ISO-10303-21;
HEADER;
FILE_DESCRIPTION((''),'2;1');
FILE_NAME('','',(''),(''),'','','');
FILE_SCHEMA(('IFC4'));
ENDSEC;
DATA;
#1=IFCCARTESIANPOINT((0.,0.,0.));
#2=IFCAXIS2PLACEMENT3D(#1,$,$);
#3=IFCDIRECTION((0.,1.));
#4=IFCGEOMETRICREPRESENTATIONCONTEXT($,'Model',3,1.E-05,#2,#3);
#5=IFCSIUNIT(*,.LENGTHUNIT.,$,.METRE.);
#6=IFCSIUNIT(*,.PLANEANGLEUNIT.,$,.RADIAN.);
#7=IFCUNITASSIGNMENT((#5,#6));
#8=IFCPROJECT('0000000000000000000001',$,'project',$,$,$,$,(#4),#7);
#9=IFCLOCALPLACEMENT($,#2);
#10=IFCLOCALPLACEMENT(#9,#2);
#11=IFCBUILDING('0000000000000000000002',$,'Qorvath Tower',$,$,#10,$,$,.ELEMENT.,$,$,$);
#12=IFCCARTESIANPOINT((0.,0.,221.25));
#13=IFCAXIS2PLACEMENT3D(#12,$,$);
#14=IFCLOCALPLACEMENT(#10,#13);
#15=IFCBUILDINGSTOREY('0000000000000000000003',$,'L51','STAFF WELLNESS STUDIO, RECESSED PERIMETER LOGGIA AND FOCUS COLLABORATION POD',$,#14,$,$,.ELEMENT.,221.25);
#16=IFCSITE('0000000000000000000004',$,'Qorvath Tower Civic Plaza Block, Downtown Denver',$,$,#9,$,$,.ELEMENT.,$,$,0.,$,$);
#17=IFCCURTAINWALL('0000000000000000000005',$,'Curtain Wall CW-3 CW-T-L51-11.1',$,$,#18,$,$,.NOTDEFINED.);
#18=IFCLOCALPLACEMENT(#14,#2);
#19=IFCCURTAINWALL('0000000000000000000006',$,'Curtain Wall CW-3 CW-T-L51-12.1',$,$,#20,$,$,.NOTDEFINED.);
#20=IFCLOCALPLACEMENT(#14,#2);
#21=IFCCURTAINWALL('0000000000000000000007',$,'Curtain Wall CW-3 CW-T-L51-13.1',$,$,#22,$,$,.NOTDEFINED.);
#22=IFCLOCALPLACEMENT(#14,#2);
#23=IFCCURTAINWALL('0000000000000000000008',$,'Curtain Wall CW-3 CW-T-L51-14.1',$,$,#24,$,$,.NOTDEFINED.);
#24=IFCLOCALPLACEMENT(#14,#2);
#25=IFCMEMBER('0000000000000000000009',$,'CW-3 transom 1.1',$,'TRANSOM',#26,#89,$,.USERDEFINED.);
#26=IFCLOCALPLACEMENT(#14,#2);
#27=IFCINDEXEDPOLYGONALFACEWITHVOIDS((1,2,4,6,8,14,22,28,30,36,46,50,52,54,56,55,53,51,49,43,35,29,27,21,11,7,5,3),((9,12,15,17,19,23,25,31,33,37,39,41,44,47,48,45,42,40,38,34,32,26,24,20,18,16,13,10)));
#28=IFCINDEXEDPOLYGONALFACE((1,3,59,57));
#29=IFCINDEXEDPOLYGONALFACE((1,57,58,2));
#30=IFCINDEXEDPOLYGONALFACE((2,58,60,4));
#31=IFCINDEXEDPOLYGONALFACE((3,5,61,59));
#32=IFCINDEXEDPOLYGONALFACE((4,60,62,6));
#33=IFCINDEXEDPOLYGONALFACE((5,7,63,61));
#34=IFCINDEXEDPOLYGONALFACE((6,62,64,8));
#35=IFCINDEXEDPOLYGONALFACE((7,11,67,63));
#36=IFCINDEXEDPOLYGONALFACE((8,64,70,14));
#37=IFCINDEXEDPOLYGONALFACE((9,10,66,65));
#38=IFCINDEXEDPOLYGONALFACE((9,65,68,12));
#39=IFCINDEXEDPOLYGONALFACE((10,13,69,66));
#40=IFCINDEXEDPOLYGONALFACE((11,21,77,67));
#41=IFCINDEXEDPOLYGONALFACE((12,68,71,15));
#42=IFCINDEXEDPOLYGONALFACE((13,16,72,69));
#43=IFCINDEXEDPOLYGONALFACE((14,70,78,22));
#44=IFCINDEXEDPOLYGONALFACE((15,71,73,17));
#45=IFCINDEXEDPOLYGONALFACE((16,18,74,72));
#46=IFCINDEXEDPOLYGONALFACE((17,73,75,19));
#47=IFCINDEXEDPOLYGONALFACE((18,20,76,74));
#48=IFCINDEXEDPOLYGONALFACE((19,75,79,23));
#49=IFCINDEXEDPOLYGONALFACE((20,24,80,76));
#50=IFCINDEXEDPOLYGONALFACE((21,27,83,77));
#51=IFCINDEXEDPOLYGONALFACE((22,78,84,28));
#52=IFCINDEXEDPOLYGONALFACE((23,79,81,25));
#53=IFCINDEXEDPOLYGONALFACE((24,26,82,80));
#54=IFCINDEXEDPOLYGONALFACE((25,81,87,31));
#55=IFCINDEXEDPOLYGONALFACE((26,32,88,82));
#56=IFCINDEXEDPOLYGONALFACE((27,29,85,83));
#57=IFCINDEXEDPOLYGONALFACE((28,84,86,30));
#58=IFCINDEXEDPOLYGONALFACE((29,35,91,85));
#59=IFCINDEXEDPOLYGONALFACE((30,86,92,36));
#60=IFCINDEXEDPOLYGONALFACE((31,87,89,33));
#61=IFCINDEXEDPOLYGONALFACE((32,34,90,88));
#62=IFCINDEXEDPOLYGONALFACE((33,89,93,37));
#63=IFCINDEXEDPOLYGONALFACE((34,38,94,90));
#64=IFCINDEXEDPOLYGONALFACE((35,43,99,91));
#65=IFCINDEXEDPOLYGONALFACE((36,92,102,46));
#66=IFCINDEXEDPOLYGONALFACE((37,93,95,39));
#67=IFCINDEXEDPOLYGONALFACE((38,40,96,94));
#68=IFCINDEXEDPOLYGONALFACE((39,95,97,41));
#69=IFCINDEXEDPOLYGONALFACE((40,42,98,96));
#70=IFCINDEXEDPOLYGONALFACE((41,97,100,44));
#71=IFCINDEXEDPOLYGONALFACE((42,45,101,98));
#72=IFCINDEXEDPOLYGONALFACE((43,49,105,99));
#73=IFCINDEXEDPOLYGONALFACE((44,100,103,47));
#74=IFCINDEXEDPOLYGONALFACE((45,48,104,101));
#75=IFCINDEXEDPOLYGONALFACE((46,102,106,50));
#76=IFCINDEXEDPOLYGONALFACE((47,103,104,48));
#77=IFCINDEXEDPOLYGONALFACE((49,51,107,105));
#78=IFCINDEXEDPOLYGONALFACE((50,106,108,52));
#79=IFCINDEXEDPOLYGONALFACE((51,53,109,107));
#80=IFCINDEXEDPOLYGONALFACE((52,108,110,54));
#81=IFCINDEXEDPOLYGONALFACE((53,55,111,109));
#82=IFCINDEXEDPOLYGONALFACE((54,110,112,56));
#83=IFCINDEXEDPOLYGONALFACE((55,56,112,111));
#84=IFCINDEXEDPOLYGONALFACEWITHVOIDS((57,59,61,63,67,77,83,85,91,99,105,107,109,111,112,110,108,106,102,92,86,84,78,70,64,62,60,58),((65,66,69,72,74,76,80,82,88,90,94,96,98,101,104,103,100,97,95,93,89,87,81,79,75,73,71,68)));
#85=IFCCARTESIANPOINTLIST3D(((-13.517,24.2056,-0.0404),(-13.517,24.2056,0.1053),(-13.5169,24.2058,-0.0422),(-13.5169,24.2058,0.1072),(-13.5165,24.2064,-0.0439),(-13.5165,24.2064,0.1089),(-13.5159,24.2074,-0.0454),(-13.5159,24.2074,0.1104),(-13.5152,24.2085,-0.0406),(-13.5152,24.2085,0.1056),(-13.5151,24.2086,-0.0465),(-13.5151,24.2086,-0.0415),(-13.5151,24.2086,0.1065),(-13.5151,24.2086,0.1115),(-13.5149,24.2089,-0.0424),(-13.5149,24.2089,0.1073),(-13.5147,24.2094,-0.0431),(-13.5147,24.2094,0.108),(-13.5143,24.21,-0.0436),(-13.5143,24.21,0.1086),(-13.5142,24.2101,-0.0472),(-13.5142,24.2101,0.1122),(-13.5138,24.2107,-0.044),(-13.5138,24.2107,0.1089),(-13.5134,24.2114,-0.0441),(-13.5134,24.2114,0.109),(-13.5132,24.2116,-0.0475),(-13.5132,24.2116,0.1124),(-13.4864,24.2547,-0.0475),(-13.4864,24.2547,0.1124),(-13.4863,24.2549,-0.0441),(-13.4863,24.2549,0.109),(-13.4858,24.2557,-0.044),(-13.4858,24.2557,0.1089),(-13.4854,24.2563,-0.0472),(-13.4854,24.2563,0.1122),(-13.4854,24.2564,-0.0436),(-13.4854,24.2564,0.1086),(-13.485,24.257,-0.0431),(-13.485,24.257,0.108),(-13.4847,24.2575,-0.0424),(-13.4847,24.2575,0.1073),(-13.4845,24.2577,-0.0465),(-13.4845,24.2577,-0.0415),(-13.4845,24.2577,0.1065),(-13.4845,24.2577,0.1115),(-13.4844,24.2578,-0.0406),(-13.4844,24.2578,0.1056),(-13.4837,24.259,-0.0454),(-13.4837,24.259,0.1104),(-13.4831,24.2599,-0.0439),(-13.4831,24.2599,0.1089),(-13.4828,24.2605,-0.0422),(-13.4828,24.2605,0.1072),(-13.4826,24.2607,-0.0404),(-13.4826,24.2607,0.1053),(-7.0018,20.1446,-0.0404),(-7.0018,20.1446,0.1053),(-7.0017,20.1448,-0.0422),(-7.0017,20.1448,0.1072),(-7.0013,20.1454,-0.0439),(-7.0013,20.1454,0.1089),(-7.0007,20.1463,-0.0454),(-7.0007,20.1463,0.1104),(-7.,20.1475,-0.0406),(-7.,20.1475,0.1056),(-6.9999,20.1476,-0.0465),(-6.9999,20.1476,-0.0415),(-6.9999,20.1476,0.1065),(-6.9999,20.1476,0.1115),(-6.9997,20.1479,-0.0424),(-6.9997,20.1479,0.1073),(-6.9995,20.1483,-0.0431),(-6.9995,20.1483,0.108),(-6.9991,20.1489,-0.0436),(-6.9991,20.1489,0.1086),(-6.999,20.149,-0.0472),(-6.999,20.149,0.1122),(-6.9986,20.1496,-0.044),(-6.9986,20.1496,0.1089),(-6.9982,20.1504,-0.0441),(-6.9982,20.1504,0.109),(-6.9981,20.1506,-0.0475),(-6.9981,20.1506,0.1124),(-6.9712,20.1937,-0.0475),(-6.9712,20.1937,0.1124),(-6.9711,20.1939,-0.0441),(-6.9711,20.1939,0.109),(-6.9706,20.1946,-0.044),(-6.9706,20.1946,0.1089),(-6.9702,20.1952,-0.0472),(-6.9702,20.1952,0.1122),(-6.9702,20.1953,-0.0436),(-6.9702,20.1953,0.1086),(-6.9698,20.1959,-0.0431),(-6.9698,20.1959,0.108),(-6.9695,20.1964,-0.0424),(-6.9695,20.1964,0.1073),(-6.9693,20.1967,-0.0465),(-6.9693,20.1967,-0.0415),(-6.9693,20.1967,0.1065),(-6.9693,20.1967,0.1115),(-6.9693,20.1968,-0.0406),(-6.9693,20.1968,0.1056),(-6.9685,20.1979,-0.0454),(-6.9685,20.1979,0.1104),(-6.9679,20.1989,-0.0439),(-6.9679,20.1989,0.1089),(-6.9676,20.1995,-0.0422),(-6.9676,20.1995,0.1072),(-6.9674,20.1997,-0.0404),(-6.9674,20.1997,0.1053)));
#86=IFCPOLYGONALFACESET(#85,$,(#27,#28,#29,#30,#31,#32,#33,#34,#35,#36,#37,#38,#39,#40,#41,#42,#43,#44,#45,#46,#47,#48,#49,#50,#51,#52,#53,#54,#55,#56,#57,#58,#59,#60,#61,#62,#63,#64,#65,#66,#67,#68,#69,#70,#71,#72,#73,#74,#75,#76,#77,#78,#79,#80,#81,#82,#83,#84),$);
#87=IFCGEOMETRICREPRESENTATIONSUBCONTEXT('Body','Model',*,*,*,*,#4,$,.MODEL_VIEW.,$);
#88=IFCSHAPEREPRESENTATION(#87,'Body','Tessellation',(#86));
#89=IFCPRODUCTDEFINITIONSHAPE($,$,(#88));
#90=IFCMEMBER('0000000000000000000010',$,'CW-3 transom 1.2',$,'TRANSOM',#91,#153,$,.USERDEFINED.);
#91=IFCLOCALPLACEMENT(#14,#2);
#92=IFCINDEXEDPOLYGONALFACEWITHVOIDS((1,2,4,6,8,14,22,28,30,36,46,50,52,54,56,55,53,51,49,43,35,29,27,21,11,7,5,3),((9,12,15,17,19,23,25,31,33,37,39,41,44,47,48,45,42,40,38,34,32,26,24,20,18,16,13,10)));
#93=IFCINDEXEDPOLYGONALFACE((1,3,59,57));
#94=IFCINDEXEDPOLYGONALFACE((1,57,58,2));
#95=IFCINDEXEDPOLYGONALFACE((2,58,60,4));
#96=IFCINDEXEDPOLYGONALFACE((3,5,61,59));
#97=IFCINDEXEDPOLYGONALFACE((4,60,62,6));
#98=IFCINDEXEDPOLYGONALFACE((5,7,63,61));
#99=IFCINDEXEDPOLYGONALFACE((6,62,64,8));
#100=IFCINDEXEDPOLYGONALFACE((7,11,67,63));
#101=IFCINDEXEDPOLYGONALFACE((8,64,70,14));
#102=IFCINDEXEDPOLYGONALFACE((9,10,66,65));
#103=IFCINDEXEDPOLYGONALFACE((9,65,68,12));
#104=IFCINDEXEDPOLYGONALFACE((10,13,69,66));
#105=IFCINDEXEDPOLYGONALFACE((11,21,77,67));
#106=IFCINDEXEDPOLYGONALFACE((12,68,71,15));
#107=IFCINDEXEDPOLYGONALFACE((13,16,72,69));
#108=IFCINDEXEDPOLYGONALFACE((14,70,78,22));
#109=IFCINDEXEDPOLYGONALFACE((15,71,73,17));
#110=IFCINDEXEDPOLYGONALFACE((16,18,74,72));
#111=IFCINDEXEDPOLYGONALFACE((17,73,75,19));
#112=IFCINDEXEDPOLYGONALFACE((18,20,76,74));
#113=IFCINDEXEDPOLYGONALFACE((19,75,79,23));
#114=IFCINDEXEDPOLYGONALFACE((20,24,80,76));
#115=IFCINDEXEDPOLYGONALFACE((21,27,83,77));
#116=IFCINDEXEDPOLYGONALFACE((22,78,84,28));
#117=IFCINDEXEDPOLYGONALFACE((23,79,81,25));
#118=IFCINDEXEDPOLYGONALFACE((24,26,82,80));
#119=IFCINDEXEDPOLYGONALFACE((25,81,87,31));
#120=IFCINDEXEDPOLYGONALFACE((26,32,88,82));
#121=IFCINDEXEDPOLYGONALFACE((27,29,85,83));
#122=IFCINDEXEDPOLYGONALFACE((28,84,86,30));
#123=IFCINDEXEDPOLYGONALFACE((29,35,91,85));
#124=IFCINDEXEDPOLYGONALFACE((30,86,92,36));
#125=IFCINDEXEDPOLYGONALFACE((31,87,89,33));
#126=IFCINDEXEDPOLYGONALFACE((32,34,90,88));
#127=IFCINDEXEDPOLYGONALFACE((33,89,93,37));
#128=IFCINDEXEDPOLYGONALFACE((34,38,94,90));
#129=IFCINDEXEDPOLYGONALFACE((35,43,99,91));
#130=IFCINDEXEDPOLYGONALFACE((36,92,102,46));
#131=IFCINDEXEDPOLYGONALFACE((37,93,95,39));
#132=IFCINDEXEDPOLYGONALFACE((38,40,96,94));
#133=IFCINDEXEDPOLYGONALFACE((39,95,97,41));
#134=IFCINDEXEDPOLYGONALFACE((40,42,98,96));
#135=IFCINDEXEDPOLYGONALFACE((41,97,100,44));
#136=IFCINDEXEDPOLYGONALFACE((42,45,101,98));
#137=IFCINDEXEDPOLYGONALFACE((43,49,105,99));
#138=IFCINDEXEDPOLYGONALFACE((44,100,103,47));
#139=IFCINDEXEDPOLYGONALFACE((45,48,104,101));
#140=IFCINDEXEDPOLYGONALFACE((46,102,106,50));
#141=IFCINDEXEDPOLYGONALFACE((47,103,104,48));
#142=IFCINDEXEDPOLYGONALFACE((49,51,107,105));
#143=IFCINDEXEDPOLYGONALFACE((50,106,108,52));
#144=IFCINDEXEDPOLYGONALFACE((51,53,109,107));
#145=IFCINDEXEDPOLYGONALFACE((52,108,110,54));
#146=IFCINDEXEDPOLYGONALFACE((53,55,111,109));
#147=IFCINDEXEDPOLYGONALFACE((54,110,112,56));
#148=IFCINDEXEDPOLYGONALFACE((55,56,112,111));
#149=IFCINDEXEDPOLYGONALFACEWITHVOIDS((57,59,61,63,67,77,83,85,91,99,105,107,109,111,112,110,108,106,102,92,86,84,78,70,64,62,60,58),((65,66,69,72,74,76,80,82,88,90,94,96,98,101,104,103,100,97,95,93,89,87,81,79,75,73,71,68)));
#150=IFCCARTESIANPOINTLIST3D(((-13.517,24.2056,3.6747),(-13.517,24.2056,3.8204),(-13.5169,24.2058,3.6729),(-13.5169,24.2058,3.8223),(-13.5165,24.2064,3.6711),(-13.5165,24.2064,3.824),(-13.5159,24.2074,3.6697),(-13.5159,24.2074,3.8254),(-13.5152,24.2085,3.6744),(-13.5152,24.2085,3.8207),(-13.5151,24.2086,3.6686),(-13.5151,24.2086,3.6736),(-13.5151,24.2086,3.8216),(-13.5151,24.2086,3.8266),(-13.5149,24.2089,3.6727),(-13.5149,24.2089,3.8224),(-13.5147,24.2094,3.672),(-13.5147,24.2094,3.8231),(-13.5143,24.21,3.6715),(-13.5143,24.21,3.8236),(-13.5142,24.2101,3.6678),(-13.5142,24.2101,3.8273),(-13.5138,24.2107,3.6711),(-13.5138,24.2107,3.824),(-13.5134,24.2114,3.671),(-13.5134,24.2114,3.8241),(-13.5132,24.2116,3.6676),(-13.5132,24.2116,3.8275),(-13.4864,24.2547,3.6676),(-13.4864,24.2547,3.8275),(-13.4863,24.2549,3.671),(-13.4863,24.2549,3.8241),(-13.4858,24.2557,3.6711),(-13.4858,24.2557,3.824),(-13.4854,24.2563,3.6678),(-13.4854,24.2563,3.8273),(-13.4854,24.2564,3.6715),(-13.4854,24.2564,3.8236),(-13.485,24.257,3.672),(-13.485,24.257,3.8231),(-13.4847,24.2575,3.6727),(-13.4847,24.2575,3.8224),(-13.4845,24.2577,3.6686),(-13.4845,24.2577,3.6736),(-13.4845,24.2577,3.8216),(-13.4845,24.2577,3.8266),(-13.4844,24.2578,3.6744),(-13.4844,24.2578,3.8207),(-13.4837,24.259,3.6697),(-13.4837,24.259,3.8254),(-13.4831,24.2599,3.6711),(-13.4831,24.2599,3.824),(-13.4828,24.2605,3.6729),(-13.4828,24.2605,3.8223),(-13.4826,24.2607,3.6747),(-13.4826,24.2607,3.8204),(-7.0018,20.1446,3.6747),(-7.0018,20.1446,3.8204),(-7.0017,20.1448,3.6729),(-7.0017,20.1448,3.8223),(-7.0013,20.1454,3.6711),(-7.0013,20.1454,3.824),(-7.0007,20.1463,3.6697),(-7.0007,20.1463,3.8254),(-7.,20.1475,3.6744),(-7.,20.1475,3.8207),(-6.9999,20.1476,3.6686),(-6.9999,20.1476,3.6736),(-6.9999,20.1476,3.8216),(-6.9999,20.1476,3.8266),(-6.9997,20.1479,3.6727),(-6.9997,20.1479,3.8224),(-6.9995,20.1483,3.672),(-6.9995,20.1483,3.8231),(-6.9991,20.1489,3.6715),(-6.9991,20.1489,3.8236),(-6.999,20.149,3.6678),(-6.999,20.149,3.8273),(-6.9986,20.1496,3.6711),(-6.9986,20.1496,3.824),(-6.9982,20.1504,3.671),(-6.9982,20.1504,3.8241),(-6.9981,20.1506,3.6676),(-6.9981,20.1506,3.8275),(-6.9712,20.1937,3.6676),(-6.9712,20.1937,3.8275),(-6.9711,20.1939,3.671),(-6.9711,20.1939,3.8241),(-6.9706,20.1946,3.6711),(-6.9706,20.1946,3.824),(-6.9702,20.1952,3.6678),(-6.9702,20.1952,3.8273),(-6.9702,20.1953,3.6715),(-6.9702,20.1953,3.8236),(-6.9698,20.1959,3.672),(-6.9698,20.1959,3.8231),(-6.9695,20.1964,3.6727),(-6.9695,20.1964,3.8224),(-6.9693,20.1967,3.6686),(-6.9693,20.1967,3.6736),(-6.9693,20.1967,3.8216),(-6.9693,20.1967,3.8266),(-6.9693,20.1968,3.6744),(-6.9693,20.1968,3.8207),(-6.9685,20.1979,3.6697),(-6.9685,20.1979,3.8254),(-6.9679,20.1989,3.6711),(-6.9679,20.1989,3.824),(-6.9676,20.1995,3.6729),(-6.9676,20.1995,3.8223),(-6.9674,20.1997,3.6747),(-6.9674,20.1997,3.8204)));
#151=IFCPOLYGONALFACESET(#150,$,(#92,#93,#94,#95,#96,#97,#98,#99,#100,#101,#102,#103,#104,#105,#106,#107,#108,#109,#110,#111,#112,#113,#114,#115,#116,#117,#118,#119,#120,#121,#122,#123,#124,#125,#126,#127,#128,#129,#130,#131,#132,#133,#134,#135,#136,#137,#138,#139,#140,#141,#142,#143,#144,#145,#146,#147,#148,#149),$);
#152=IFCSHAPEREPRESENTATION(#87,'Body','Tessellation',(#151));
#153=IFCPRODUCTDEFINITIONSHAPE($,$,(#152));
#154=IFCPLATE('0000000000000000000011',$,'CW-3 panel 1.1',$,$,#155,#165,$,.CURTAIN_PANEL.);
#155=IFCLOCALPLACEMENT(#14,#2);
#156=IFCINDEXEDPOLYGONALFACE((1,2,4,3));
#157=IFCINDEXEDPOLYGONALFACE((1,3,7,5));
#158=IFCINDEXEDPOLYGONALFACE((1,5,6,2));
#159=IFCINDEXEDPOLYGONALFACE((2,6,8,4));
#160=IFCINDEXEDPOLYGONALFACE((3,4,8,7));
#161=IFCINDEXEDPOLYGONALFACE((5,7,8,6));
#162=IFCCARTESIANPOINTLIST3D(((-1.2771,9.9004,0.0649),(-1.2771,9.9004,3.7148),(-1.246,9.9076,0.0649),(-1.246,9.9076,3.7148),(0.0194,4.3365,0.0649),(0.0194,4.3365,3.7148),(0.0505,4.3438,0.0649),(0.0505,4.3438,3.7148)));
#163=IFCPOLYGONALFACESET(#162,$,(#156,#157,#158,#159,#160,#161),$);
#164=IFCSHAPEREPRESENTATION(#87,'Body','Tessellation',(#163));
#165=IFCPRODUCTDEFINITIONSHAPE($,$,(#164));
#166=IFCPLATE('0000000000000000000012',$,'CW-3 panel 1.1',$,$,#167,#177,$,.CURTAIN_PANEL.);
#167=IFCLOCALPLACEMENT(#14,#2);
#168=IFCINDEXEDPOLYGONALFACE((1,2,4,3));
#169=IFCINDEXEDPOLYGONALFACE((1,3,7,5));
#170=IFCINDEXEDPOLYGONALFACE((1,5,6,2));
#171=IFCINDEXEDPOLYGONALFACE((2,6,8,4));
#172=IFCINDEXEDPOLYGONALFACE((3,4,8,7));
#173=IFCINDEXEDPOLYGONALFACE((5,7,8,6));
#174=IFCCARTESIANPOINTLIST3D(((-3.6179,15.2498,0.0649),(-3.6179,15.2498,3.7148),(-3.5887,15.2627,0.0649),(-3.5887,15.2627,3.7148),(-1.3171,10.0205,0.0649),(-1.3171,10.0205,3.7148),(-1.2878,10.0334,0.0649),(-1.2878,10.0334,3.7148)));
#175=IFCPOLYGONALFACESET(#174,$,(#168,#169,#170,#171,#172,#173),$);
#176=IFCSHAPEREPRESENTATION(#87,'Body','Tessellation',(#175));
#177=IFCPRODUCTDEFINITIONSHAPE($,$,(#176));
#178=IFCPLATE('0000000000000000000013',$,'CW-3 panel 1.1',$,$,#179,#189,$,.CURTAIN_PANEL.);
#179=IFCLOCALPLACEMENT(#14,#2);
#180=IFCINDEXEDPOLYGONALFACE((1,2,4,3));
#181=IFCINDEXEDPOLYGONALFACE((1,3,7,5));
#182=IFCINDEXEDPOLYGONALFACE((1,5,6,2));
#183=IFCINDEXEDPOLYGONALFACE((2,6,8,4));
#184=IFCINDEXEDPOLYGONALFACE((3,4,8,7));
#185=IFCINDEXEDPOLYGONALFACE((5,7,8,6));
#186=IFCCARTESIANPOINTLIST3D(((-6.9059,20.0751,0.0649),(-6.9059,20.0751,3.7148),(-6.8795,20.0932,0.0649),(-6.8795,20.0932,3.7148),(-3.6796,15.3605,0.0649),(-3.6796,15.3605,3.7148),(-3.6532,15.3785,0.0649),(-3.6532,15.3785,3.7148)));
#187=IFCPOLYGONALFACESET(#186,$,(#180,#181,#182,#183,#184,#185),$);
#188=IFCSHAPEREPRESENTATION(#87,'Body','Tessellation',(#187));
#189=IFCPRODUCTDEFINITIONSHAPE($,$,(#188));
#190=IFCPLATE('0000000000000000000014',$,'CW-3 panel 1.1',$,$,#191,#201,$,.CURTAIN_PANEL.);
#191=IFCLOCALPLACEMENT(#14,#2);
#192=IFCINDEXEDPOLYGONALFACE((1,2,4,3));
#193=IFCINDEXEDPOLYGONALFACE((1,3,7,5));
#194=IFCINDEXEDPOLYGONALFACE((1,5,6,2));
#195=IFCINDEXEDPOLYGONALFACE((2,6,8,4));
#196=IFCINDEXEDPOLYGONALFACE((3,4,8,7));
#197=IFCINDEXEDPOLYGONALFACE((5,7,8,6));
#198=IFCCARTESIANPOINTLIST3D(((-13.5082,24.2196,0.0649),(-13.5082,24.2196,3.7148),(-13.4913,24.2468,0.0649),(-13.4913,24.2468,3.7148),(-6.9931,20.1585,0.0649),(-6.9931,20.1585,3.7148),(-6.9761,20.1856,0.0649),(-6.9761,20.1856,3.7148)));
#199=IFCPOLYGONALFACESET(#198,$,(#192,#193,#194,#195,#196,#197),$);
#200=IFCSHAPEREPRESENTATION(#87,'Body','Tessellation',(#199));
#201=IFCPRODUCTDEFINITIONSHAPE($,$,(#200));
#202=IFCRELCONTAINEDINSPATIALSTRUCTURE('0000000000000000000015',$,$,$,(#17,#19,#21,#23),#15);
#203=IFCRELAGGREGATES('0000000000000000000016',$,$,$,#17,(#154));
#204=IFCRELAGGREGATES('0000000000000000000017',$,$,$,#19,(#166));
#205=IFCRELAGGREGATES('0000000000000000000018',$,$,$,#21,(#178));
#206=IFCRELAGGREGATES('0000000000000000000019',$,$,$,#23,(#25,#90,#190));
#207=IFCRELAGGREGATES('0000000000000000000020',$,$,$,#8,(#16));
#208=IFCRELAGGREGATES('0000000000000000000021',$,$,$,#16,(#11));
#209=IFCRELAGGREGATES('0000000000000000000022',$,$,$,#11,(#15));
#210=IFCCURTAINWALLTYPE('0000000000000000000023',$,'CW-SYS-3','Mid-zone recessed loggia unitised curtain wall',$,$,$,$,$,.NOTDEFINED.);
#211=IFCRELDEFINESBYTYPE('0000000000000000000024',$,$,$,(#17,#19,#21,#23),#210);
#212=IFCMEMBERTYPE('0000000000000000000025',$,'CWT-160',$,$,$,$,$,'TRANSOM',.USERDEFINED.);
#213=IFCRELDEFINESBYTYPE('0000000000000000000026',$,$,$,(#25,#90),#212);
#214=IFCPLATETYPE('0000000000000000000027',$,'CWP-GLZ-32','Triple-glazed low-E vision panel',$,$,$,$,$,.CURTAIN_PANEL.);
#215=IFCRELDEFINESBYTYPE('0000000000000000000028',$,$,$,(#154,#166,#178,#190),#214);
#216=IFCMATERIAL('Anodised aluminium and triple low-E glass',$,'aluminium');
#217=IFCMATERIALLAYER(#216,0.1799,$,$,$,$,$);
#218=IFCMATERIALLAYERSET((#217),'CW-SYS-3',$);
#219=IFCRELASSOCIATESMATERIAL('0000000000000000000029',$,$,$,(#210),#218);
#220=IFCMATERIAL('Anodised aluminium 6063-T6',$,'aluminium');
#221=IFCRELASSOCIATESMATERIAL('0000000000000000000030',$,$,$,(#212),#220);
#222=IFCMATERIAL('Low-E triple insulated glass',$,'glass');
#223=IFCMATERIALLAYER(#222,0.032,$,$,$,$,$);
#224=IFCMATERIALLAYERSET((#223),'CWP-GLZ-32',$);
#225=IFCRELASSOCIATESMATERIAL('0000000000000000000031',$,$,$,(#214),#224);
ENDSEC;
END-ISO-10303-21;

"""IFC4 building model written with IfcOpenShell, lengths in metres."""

from ifc_helpers import new_model, si_unit, direction, frame, origin, origin_2d, place, context, subcontext, project, spatial, rectangle, hollow_rectangle, extrude, material, layer, layer_set, material_profile, profile_set, type_object, element, aggregate, save


model = new_model("IFC4")

# Units and contexts
model_context = context("Model", 3, precision=1e-05, world=origin(), true_north=direction((0.0, 1.0)))
body_context = subcontext(model_context, "Body", "Model", "MODEL_VIEW")
ifc_project = project(units=[si_unit("LENGTHUNIT", "METRE"), si_unit("PLANEANGLEUNIT", "RADIAN")], contexts=[model_context])

# Site, building, storey
site_placement = place(None, origin())
site = spatial("IfcSite", under=ifc_project, at=site_placement, Name="Qorvath Tower Civic Plaza Block, Downtown Denver", CompositionType="ELEMENT", RefElevation=0.0)
building_placement = place(site_placement, origin())
building = spatial("IfcBuilding", under=site, at=building_placement, Name="Qorvath Tower", CompositionType="ELEMENT")
storey_placement = place(building_placement, frame((0.0, 0.0, 221.25)))
storey = spatial("IfcBuildingStorey", under=building, at=storey_placement, Name="L51", Description="STAFF WELLNESS STUDIO, RECESSED PERIMETER LOGGIA AND FOCUS COLLABORATION POD", CompositionType="ELEMENT", Elevation=221.25)

# Curtain wall
ifc_material_1 = material(Name="Anodised aluminium and triple low-E glass", Category="aluminium")
ifc_layer_1 = layer(ifc_material_1, 0.1799)
ifc_layer_set_1 = layer_set([ifc_layer_1], Name="CW-SYS-3")
curtain_wall_type = type_object("IfcCurtainWallType", Name="CW-SYS-3", Description="Mid-zone recessed loggia unitised curtain wall", PredefinedType="NOTDEFINED", material=ifc_layer_set_1)
curtain_wall_1_placement = place(storey_placement, origin())
curtain_wall_1 = element("IfcCurtainWall", 1, at=curtain_wall_1_placement, inside=storey, type_object=curtain_wall_type, Name="Curtain Wall CW-3 CW-T-L51-11.1", PredefinedType="NOTDEFINED")

# Curtain walls
curtain_wall_2_placement = place(storey_placement, origin())
curtain_wall_2 = element("IfcCurtainWall", 2, at=curtain_wall_2_placement, inside=storey, type_object=curtain_wall_type, Name="Curtain Wall CW-3 CW-T-L51-12.1", PredefinedType="NOTDEFINED")
curtain_wall_3_placement = place(storey_placement, origin())
curtain_wall_3 = element("IfcCurtainWall", 3, at=curtain_wall_3_placement, inside=storey, type_object=curtain_wall_type, Name="Curtain Wall CW-3 CW-T-L51-13.1", PredefinedType="NOTDEFINED")
curtain_wall_4_placement = place(storey_placement, origin())
curtain_wall_4 = element("IfcCurtainWall", 4, at=curtain_wall_4_placement, inside=storey, type_object=curtain_wall_type, Name="Curtain Wall CW-3 CW-T-L51-14.1", PredefinedType="NOTDEFINED")

# Members
ifc_material_2 = material(Name="Anodised aluminium 6063-T6", Category="aluminium")
ifc_material_profile_1 = material_profile(ifc_material_2, hollow_rectangle(XDim=0.0649, YDim=0.1599, WallThickness=0.0034, InnerFilletRadius=0.0034, OuterFilletRadius=0.0071, at=origin_2d()), Name="CWT 160x65")
ifc_profile_set_1 = profile_set([ifc_material_profile_1], Name="Anodised aluminium 6063-T6")
member_type_1 = type_object("IfcMemberType", Name="CWT-160", ElementType="TRANSOM", PredefinedType="USERDEFINED", material=ifc_profile_set_1)
member_1_placement = place(storey_placement, frame((-6.9846, 20.1721, 0.0325), z_axis=(-0.848637, 0.528975, 0.0), x_axis=(-0.528975, -0.848637, 0.0)))
member_1 = element("IfcMember", 5, at=member_1_placement, type_object=member_type_1, Name="CW-3 transom 1.1", ObjectType="TRANSOM", PredefinedType="USERDEFINED", context=body_context, shape_type="SweptSolid", body=[
    extrude(hollow_rectangle(XDim=0.0649, YDim=0.1599, WallThickness=0.0034, InnerFilletRadius=0.0034, OuterFilletRadius=0.0071, at=origin_2d()), origin(), (0.0, 0.0, 1.0), 7.6772),
])
member_2_placement = place(storey_placement, frame((-6.9846, 20.1721, 3.7476), z_axis=(-0.848637, 0.528975, 0.0), x_axis=(-0.528975, -0.848637, 0.0)))
member_2 = element("IfcMember", 6, at=member_2_placement, type_object=member_type_1, Name="CW-3 transom 1.2", ObjectType="TRANSOM", PredefinedType="USERDEFINED", context=body_context, shape_type="SweptSolid", body=[
    extrude(hollow_rectangle(XDim=0.0649, YDim=0.1599, WallThickness=0.0034, InnerFilletRadius=0.0034, OuterFilletRadius=0.0071, at=origin_2d()), origin(), (0.0, 0.0, 1.0), 7.6772),
])

# Plates
ifc_material_3 = material(Name="Low-E triple insulated glass", Category="glass")
ifc_layer_2 = layer(ifc_material_3, 0.032)
ifc_layer_set_2 = layer_set([ifc_layer_2], Name="CWP-GLZ-32")
plate_type = type_object("IfcPlateType", Name="CWP-GLZ-32", Description="Triple-glazed low-E vision panel", PredefinedType="CURTAIN_PANEL", material=ifc_layer_set_2)
plate_1_placement = place(storey_placement, frame((-0.6133, 7.1221, 0.0649), z_axis=(0.0, 0.0, 1.0), x_axis=(-0.226944, 0.973908, 0.0)))
plate_1 = element("IfcPlate", 7, at=plate_1_placement, type_object=plate_type, Name="CW-3 panel 1.1", PredefinedType="CURTAIN_PANEL", context=body_context, shape_type="SweptSolid", body=[
    extrude(rectangle(XDim=5.7129, YDim=0.032, at=origin_2d()), origin(), (0.0, 0.0, 1.0), 3.6499),
])
aggregate(curtain_wall_1, [plate_1])
plate_2_placement = place(storey_placement, frame((-2.4529, 12.6416, 0.0649), z_axis=(0.0, 0.0, 1.0), x_axis=(-0.402725, 0.915321, 0.0)))
plate_2 = element("IfcPlate", 8, at=plate_2_placement, type_object=plate_type, Name="CW-3 panel 1.1", PredefinedType="CURTAIN_PANEL", context=body_context, shape_type="SweptSolid", body=[
    extrude(rectangle(XDim=5.7131, YDim=0.032, at=origin_2d()), origin(), (0.0, 0.0, 1.0), 3.6499),
])
aggregate(curtain_wall_2, [plate_2])
plate_3_placement = place(storey_placement, frame((-5.2795, 17.7268, 0.0649), z_axis=(0.0, 0.0, 1.0), x_axis=(-0.564746, 0.825264, 0.0)))
plate_3 = element("IfcPlate", 9, at=plate_3_placement, type_object=plate_type, Name="CW-3 panel 1.1", PredefinedType="CURTAIN_PANEL", context=body_context, shape_type="SweptSolid", body=[
    extrude(rectangle(XDim=5.7129, YDim=0.032, at=origin_2d()), origin(), (0.0, 0.0, 1.0), 3.6499),
])
aggregate(curtain_wall_3, [plate_3])
plate_4_placement = place(storey_placement, frame((-10.2422, 22.2026, 0.0649), z_axis=(0.0, 0.0, 1.0), x_axis=(-0.848633, 0.528982, 0.0)))
plate_4 = element("IfcPlate", 10, at=plate_4_placement, type_object=plate_type, Name="CW-3 panel 1.1", PredefinedType="CURTAIN_PANEL", context=body_context, shape_type="SweptSolid", body=[
    extrude(rectangle(XDim=7.6772, YDim=0.032, at=origin_2d()), origin(), (0.0, 0.0, 1.0), 3.6499),
])
aggregate(curtain_wall_4, [member_1, member_2, plate_4])

save(model, "model.ifc")
